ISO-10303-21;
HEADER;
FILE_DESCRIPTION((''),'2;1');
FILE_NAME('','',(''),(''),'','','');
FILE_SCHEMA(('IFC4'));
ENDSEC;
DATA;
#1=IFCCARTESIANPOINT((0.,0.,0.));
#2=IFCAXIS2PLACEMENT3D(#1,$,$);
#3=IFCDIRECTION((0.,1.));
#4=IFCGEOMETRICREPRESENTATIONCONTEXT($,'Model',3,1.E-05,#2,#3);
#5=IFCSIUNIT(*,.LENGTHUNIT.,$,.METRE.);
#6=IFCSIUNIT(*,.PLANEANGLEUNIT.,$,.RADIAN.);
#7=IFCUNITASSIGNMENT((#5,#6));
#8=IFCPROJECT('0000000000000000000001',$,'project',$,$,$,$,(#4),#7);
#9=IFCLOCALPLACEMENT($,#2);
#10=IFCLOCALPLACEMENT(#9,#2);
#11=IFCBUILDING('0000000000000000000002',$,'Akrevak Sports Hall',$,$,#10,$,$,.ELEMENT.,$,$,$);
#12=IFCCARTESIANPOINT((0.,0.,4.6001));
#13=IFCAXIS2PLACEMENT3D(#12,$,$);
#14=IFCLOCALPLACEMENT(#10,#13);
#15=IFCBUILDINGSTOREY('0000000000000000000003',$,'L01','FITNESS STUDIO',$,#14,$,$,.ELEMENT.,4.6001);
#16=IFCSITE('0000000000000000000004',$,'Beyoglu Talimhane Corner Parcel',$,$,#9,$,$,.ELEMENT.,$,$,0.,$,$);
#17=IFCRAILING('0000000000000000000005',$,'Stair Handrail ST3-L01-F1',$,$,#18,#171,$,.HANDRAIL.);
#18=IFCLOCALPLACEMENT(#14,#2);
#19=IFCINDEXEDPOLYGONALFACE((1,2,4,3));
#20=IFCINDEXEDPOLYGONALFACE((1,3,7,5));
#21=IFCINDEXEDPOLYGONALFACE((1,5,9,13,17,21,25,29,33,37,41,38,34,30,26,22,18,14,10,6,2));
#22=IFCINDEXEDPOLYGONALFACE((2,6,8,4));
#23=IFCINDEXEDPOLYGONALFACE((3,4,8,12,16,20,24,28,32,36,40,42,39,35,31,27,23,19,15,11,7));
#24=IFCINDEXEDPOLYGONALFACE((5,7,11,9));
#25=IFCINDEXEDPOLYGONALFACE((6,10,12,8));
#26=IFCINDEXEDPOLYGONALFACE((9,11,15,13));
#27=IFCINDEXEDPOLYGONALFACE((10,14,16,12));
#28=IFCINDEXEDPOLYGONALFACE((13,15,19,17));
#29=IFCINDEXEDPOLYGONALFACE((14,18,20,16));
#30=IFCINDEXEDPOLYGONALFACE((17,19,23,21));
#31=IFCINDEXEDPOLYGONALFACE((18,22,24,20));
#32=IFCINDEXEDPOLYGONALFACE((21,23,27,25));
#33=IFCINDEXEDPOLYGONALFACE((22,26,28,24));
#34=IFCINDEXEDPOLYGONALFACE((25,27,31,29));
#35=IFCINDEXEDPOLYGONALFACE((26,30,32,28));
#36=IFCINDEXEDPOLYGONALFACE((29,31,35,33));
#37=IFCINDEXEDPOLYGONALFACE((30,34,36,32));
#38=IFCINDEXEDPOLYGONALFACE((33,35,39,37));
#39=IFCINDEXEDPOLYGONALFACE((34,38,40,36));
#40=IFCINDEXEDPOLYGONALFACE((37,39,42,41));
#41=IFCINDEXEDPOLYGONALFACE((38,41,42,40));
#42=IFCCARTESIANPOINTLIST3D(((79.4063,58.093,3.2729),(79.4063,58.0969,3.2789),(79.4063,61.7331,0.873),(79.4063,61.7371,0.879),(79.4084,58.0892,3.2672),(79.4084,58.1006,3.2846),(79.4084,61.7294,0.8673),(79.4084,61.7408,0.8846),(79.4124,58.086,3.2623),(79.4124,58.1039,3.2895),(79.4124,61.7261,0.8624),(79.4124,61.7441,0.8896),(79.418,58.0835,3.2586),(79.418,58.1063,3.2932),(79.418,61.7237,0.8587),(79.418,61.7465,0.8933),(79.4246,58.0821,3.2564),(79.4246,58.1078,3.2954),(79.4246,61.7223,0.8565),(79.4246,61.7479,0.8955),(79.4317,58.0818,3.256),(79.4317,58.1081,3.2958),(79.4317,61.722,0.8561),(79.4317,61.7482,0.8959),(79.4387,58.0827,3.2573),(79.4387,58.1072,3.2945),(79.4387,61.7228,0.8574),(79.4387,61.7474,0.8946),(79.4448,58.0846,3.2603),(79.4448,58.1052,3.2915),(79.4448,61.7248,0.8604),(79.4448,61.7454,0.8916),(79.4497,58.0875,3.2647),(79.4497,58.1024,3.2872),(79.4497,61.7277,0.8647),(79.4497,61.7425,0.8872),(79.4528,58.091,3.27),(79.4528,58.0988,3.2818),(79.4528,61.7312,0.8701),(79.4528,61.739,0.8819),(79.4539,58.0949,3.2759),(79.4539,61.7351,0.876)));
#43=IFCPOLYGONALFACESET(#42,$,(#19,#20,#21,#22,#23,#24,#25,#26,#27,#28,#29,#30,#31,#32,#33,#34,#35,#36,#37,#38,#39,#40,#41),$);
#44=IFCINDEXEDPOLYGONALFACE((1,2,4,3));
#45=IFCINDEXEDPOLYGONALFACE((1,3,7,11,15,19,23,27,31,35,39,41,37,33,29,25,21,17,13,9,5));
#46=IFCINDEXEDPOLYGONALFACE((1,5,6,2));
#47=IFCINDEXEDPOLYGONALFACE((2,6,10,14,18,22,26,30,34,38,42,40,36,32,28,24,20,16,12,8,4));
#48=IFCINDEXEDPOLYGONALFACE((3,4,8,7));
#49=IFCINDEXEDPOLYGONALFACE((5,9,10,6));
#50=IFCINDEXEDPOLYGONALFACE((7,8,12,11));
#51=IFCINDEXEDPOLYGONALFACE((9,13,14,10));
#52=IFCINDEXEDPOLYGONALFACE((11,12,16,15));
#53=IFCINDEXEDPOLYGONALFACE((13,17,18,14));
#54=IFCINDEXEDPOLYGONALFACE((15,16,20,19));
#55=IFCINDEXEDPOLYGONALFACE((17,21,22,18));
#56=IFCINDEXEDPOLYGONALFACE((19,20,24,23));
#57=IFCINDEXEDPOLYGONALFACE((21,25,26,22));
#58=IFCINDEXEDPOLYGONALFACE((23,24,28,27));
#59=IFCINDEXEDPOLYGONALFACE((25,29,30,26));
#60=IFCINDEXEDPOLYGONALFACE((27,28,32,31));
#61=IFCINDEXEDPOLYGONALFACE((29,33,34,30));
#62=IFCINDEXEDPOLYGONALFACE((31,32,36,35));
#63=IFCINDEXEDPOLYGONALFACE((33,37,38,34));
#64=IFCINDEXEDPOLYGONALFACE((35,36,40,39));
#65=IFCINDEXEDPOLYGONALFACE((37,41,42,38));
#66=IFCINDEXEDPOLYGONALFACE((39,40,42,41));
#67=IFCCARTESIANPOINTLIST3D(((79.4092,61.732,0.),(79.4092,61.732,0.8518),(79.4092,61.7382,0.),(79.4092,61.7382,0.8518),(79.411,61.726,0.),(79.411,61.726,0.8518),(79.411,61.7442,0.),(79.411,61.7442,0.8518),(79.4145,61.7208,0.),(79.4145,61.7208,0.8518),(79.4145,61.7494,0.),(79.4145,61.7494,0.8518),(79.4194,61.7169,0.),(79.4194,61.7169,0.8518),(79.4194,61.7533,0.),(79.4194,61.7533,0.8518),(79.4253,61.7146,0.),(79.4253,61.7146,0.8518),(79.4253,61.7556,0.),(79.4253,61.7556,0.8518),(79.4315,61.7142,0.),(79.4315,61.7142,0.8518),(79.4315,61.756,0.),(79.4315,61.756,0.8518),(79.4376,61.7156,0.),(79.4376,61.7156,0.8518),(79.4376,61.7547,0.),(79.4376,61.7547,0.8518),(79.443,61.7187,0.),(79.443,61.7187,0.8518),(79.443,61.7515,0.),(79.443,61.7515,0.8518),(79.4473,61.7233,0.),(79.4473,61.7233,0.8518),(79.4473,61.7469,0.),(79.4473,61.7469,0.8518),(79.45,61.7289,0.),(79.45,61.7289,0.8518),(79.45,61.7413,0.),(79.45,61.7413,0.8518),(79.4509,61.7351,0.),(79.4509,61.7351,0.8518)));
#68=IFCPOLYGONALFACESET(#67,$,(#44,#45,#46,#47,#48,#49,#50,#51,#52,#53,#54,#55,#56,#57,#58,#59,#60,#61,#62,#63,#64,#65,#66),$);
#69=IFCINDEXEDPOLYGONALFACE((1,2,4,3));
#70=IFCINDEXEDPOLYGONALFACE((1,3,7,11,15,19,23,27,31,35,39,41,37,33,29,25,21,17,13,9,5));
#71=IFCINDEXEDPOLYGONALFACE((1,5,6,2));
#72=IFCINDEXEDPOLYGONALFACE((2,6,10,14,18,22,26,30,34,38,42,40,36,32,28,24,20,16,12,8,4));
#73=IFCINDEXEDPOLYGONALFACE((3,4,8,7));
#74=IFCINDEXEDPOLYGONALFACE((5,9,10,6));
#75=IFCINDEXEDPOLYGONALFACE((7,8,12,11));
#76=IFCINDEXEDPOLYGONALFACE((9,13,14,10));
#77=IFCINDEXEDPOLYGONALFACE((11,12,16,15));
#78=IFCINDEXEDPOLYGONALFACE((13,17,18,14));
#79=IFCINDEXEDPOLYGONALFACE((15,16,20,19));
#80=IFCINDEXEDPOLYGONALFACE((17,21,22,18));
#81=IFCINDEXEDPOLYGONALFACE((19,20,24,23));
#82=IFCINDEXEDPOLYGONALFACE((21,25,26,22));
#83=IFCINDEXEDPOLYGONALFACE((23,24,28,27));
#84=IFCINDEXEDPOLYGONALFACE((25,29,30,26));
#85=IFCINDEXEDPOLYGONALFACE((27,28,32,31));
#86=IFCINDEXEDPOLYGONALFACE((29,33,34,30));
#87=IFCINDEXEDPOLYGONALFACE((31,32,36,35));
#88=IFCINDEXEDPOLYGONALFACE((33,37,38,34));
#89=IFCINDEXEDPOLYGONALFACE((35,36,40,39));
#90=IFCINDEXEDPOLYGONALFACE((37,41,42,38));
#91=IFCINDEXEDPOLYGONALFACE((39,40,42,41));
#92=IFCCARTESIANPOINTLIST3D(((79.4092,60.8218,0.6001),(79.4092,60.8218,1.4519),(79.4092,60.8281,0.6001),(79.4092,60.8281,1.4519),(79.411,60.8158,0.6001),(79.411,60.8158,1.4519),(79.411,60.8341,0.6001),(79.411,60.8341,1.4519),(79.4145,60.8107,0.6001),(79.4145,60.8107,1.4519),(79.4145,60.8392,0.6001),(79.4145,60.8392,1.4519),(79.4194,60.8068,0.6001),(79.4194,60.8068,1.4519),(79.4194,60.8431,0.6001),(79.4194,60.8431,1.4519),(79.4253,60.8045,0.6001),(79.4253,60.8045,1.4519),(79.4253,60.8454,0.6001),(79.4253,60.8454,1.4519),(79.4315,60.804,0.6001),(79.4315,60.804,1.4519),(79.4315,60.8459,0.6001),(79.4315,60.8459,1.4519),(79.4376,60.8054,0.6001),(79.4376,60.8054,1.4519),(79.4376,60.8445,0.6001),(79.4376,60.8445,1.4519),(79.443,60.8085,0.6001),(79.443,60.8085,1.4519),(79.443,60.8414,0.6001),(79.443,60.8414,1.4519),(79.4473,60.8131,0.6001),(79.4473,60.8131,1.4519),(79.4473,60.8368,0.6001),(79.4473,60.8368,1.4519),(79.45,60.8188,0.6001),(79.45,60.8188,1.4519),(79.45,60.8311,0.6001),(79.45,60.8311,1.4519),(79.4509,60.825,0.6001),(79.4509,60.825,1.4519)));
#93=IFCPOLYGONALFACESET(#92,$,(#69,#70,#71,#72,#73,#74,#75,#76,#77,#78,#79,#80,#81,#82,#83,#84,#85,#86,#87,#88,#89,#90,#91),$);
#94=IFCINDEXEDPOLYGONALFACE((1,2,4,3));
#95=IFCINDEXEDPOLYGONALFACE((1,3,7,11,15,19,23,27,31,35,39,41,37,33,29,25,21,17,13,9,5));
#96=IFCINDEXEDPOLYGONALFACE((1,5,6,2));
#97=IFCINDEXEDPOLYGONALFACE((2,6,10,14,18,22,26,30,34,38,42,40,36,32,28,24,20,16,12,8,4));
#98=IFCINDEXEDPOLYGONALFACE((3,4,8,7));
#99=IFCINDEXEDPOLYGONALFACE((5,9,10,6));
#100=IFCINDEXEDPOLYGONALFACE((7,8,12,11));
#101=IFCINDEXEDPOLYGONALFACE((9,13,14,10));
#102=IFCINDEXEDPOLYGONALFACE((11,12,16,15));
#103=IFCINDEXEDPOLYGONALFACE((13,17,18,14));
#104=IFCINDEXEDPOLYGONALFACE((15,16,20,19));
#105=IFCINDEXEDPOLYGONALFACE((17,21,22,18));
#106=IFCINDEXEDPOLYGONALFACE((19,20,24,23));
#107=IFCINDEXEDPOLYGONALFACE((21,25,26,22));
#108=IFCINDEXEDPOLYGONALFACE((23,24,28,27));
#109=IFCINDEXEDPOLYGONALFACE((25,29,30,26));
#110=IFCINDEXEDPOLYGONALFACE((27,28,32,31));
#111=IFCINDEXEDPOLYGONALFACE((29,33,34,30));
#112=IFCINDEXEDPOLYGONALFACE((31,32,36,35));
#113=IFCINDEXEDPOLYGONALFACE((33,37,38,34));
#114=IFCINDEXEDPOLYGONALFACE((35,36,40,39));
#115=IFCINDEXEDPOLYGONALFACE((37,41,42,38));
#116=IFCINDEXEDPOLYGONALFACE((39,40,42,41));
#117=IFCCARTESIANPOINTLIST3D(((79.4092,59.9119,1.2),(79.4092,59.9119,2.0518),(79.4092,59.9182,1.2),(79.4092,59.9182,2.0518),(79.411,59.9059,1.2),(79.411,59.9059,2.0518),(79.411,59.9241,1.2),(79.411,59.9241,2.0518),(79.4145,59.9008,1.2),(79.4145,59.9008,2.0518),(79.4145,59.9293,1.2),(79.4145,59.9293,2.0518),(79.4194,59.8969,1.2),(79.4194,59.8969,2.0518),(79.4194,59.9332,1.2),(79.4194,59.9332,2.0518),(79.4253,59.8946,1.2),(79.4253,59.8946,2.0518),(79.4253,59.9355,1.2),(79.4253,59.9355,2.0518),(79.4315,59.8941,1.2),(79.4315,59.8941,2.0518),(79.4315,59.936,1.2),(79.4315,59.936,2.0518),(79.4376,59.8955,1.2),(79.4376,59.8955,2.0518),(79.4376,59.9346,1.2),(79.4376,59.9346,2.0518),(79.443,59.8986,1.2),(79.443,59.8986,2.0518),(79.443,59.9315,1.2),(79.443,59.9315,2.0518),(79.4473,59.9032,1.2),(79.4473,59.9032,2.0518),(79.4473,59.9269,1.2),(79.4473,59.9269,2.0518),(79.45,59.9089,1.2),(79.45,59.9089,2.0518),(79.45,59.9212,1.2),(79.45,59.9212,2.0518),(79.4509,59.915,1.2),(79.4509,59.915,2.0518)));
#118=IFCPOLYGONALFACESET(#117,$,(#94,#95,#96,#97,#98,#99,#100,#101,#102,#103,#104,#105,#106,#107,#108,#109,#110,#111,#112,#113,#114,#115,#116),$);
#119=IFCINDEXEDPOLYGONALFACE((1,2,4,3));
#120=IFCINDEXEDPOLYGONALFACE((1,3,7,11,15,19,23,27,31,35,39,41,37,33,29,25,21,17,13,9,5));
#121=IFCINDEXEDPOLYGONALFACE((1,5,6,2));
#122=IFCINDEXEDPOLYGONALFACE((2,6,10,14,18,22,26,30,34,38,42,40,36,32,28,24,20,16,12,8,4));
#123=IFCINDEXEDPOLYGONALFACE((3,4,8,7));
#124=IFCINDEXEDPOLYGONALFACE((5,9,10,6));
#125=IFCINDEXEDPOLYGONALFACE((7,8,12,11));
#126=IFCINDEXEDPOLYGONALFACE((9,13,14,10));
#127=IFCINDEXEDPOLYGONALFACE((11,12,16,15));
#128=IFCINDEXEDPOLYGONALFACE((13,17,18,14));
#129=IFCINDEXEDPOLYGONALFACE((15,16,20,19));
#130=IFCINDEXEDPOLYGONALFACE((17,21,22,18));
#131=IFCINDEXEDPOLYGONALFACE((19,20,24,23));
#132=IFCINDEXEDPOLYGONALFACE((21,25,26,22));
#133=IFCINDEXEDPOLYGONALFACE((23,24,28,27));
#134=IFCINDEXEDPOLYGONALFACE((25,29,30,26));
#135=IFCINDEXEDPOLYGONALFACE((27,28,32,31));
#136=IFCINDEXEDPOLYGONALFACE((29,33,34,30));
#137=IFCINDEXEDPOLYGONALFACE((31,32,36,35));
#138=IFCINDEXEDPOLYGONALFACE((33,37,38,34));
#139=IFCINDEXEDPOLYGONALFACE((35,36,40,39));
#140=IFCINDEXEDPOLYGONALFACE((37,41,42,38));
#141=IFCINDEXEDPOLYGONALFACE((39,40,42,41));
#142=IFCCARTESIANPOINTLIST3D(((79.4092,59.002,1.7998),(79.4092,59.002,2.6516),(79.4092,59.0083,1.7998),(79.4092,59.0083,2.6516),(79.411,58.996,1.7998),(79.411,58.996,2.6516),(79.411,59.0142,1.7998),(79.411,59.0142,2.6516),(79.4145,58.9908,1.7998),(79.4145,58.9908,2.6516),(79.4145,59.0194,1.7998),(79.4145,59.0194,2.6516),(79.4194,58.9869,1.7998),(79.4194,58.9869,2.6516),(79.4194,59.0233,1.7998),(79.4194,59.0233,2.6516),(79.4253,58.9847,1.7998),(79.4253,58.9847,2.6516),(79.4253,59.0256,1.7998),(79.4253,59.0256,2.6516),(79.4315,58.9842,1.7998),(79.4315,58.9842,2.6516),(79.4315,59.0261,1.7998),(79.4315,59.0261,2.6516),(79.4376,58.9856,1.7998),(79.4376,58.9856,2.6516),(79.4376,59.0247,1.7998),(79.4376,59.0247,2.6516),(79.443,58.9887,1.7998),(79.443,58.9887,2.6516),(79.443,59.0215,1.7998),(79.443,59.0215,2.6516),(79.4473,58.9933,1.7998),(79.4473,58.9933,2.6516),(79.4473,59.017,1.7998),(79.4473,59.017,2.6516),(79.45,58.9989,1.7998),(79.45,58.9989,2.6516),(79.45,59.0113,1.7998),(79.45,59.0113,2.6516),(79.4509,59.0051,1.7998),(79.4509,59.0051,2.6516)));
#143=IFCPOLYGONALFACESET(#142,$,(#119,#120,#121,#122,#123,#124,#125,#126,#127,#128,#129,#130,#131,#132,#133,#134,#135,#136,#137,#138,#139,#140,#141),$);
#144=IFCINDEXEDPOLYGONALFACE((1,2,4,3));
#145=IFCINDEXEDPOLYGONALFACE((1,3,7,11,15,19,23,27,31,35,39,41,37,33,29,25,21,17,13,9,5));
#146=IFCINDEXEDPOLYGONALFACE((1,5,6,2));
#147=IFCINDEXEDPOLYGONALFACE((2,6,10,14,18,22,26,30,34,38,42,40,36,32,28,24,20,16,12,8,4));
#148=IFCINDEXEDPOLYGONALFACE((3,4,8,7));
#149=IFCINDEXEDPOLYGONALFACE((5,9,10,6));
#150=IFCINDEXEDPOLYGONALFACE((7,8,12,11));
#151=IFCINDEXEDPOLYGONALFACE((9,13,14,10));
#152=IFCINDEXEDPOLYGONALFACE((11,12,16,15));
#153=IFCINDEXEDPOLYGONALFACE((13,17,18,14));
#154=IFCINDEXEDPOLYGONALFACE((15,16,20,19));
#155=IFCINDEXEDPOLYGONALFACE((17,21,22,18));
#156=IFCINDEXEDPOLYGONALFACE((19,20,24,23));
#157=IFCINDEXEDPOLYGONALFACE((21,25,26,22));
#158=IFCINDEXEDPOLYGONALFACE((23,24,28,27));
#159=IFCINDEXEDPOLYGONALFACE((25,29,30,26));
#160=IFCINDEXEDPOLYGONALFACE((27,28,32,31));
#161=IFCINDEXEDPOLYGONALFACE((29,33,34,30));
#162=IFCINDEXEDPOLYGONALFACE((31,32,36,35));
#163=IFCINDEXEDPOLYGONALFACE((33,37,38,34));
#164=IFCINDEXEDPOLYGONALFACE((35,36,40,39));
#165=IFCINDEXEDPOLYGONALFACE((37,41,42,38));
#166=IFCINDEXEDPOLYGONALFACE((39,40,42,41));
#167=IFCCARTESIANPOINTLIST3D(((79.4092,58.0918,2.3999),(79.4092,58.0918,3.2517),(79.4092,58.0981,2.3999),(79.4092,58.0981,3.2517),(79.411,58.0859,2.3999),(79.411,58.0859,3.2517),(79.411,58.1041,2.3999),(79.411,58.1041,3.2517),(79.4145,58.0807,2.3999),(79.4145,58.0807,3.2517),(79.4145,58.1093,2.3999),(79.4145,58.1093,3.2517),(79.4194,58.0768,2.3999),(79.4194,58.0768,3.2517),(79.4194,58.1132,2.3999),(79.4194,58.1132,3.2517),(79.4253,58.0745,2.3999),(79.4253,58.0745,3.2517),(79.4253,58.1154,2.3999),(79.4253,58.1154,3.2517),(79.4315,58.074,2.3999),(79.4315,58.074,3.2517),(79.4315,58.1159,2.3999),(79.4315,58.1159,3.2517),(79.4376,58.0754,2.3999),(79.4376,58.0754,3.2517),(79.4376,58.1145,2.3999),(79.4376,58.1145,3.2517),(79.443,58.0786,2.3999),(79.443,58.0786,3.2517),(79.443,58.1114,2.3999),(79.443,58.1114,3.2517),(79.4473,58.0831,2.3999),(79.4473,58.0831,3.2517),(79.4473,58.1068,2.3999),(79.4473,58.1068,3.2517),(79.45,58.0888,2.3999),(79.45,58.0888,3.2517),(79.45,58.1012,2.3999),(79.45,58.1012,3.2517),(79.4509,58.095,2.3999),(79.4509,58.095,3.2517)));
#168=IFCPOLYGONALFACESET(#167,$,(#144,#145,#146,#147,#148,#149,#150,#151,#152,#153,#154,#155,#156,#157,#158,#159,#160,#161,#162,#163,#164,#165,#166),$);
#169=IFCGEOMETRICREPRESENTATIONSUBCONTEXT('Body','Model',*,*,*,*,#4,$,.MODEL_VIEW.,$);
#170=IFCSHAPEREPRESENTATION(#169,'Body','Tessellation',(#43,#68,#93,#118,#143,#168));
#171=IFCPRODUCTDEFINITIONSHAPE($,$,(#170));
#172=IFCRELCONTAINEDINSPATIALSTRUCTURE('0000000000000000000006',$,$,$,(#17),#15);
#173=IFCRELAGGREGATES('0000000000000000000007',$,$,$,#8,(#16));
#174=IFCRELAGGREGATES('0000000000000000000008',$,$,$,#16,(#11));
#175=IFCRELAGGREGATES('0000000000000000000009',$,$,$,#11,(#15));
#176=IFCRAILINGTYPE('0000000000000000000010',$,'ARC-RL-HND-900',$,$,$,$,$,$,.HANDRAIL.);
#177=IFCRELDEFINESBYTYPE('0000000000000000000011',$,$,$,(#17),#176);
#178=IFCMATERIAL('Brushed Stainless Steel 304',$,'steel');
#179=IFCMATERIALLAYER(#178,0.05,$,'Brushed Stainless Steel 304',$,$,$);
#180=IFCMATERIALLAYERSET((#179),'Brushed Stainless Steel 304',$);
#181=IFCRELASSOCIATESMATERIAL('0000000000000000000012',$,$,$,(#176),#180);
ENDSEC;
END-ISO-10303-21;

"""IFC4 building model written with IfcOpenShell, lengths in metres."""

from ifc_helpers import new_model, si_unit, direction, frame, origin, origin_2d, place, context, subcontext, project, spatial, circle, extrude, material, layer, layer_set, type_object, element, save


model = new_model("IFC4")

# Units and contexts
model_context = context("Model", 3, precision=1e-05, world=origin(), true_north=direction((0.0, 1.0)))
body_context = subcontext(model_context, "Body", "Model", "MODEL_VIEW")
ifc_project = project(units=[si_unit("LENGTHUNIT", "METRE"), si_unit("PLANEANGLEUNIT", "RADIAN")], contexts=[model_context])

# Site, building, storey
site_placement = place(None, origin())
site = spatial("IfcSite", under=ifc_project, at=site_placement, Name="Beyoglu Talimhane Corner Parcel", CompositionType="ELEMENT", RefElevation=0.0)
building_placement = place(site_placement, origin())
building = spatial("IfcBuilding", under=site, at=building_placement, Name="Akrevak Sports Hall", CompositionType="ELEMENT")
storey_placement = place(building_placement, frame((0.0, 0.0, 4.6001)))
storey = spatial("IfcBuildingStorey", under=building, at=storey_placement, Name="L01", Description="FITNESS STUDIO", CompositionType="ELEMENT", Elevation=4.6001)

# Railing
ifc_material_1 = material(Name="Brushed Stainless Steel 304", Category="steel")
ifc_layer_1 = layer(ifc_material_1, 0.05, Name="Brushed Stainless Steel 304")
ifc_layer_set_1 = layer_set([ifc_layer_1], Name="Brushed Stainless Steel 304")
railing_type_1 = type_object("IfcRailingType", Name="ARC-RL-HND-900", PredefinedType="HANDRAIL", material=ifc_layer_set_1)
railing_1_placement = place(storey_placement, frame((79.4299, 61.7351, 0.0)))
element("IfcRailing", 1, at=railing_1_placement, inside=storey, type_object=railing_type_1, Name="Stair Handrail ST3-L01-F1", PredefinedType="HANDRAIL", context=body_context, shape_type="SweptSolid", body=[
    extrude(circle(Radius=0.0239, at=origin_2d()), frame((0.0, 0.0, 0.876), z_axis=(0.0, -0.834882, 0.550429), x_axis=(1.0, 0.0, 0.0)), (0.0, 0.0, 1.0), 4.3601),
    extrude(circle(Radius=0.021, at=origin_2d()), origin(), (0.0, 0.0, 1.0), 0.8518),
    extrude(circle(Radius=0.021, at=origin_2d()), frame((0.0, -0.9102, 0.6001)), (0.0, 0.0, 1.0), 0.8518),
    extrude(circle(Radius=0.021, at=origin_2d()), frame((0.0, -1.8201, 1.2)), (0.0, 0.0, 1.0), 0.8518),
    extrude(circle(Radius=0.021, at=origin_2d()), frame((0.0, -2.73, 1.7998)), (0.0, 0.0, 1.0), 0.8518),
    extrude(circle(Radius=0.021, at=origin_2d()), frame((0.0, -3.6401, 2.3999)), (0.0, 0.0, 1.0), 0.8518),
])

save(model, "model.ifc")
